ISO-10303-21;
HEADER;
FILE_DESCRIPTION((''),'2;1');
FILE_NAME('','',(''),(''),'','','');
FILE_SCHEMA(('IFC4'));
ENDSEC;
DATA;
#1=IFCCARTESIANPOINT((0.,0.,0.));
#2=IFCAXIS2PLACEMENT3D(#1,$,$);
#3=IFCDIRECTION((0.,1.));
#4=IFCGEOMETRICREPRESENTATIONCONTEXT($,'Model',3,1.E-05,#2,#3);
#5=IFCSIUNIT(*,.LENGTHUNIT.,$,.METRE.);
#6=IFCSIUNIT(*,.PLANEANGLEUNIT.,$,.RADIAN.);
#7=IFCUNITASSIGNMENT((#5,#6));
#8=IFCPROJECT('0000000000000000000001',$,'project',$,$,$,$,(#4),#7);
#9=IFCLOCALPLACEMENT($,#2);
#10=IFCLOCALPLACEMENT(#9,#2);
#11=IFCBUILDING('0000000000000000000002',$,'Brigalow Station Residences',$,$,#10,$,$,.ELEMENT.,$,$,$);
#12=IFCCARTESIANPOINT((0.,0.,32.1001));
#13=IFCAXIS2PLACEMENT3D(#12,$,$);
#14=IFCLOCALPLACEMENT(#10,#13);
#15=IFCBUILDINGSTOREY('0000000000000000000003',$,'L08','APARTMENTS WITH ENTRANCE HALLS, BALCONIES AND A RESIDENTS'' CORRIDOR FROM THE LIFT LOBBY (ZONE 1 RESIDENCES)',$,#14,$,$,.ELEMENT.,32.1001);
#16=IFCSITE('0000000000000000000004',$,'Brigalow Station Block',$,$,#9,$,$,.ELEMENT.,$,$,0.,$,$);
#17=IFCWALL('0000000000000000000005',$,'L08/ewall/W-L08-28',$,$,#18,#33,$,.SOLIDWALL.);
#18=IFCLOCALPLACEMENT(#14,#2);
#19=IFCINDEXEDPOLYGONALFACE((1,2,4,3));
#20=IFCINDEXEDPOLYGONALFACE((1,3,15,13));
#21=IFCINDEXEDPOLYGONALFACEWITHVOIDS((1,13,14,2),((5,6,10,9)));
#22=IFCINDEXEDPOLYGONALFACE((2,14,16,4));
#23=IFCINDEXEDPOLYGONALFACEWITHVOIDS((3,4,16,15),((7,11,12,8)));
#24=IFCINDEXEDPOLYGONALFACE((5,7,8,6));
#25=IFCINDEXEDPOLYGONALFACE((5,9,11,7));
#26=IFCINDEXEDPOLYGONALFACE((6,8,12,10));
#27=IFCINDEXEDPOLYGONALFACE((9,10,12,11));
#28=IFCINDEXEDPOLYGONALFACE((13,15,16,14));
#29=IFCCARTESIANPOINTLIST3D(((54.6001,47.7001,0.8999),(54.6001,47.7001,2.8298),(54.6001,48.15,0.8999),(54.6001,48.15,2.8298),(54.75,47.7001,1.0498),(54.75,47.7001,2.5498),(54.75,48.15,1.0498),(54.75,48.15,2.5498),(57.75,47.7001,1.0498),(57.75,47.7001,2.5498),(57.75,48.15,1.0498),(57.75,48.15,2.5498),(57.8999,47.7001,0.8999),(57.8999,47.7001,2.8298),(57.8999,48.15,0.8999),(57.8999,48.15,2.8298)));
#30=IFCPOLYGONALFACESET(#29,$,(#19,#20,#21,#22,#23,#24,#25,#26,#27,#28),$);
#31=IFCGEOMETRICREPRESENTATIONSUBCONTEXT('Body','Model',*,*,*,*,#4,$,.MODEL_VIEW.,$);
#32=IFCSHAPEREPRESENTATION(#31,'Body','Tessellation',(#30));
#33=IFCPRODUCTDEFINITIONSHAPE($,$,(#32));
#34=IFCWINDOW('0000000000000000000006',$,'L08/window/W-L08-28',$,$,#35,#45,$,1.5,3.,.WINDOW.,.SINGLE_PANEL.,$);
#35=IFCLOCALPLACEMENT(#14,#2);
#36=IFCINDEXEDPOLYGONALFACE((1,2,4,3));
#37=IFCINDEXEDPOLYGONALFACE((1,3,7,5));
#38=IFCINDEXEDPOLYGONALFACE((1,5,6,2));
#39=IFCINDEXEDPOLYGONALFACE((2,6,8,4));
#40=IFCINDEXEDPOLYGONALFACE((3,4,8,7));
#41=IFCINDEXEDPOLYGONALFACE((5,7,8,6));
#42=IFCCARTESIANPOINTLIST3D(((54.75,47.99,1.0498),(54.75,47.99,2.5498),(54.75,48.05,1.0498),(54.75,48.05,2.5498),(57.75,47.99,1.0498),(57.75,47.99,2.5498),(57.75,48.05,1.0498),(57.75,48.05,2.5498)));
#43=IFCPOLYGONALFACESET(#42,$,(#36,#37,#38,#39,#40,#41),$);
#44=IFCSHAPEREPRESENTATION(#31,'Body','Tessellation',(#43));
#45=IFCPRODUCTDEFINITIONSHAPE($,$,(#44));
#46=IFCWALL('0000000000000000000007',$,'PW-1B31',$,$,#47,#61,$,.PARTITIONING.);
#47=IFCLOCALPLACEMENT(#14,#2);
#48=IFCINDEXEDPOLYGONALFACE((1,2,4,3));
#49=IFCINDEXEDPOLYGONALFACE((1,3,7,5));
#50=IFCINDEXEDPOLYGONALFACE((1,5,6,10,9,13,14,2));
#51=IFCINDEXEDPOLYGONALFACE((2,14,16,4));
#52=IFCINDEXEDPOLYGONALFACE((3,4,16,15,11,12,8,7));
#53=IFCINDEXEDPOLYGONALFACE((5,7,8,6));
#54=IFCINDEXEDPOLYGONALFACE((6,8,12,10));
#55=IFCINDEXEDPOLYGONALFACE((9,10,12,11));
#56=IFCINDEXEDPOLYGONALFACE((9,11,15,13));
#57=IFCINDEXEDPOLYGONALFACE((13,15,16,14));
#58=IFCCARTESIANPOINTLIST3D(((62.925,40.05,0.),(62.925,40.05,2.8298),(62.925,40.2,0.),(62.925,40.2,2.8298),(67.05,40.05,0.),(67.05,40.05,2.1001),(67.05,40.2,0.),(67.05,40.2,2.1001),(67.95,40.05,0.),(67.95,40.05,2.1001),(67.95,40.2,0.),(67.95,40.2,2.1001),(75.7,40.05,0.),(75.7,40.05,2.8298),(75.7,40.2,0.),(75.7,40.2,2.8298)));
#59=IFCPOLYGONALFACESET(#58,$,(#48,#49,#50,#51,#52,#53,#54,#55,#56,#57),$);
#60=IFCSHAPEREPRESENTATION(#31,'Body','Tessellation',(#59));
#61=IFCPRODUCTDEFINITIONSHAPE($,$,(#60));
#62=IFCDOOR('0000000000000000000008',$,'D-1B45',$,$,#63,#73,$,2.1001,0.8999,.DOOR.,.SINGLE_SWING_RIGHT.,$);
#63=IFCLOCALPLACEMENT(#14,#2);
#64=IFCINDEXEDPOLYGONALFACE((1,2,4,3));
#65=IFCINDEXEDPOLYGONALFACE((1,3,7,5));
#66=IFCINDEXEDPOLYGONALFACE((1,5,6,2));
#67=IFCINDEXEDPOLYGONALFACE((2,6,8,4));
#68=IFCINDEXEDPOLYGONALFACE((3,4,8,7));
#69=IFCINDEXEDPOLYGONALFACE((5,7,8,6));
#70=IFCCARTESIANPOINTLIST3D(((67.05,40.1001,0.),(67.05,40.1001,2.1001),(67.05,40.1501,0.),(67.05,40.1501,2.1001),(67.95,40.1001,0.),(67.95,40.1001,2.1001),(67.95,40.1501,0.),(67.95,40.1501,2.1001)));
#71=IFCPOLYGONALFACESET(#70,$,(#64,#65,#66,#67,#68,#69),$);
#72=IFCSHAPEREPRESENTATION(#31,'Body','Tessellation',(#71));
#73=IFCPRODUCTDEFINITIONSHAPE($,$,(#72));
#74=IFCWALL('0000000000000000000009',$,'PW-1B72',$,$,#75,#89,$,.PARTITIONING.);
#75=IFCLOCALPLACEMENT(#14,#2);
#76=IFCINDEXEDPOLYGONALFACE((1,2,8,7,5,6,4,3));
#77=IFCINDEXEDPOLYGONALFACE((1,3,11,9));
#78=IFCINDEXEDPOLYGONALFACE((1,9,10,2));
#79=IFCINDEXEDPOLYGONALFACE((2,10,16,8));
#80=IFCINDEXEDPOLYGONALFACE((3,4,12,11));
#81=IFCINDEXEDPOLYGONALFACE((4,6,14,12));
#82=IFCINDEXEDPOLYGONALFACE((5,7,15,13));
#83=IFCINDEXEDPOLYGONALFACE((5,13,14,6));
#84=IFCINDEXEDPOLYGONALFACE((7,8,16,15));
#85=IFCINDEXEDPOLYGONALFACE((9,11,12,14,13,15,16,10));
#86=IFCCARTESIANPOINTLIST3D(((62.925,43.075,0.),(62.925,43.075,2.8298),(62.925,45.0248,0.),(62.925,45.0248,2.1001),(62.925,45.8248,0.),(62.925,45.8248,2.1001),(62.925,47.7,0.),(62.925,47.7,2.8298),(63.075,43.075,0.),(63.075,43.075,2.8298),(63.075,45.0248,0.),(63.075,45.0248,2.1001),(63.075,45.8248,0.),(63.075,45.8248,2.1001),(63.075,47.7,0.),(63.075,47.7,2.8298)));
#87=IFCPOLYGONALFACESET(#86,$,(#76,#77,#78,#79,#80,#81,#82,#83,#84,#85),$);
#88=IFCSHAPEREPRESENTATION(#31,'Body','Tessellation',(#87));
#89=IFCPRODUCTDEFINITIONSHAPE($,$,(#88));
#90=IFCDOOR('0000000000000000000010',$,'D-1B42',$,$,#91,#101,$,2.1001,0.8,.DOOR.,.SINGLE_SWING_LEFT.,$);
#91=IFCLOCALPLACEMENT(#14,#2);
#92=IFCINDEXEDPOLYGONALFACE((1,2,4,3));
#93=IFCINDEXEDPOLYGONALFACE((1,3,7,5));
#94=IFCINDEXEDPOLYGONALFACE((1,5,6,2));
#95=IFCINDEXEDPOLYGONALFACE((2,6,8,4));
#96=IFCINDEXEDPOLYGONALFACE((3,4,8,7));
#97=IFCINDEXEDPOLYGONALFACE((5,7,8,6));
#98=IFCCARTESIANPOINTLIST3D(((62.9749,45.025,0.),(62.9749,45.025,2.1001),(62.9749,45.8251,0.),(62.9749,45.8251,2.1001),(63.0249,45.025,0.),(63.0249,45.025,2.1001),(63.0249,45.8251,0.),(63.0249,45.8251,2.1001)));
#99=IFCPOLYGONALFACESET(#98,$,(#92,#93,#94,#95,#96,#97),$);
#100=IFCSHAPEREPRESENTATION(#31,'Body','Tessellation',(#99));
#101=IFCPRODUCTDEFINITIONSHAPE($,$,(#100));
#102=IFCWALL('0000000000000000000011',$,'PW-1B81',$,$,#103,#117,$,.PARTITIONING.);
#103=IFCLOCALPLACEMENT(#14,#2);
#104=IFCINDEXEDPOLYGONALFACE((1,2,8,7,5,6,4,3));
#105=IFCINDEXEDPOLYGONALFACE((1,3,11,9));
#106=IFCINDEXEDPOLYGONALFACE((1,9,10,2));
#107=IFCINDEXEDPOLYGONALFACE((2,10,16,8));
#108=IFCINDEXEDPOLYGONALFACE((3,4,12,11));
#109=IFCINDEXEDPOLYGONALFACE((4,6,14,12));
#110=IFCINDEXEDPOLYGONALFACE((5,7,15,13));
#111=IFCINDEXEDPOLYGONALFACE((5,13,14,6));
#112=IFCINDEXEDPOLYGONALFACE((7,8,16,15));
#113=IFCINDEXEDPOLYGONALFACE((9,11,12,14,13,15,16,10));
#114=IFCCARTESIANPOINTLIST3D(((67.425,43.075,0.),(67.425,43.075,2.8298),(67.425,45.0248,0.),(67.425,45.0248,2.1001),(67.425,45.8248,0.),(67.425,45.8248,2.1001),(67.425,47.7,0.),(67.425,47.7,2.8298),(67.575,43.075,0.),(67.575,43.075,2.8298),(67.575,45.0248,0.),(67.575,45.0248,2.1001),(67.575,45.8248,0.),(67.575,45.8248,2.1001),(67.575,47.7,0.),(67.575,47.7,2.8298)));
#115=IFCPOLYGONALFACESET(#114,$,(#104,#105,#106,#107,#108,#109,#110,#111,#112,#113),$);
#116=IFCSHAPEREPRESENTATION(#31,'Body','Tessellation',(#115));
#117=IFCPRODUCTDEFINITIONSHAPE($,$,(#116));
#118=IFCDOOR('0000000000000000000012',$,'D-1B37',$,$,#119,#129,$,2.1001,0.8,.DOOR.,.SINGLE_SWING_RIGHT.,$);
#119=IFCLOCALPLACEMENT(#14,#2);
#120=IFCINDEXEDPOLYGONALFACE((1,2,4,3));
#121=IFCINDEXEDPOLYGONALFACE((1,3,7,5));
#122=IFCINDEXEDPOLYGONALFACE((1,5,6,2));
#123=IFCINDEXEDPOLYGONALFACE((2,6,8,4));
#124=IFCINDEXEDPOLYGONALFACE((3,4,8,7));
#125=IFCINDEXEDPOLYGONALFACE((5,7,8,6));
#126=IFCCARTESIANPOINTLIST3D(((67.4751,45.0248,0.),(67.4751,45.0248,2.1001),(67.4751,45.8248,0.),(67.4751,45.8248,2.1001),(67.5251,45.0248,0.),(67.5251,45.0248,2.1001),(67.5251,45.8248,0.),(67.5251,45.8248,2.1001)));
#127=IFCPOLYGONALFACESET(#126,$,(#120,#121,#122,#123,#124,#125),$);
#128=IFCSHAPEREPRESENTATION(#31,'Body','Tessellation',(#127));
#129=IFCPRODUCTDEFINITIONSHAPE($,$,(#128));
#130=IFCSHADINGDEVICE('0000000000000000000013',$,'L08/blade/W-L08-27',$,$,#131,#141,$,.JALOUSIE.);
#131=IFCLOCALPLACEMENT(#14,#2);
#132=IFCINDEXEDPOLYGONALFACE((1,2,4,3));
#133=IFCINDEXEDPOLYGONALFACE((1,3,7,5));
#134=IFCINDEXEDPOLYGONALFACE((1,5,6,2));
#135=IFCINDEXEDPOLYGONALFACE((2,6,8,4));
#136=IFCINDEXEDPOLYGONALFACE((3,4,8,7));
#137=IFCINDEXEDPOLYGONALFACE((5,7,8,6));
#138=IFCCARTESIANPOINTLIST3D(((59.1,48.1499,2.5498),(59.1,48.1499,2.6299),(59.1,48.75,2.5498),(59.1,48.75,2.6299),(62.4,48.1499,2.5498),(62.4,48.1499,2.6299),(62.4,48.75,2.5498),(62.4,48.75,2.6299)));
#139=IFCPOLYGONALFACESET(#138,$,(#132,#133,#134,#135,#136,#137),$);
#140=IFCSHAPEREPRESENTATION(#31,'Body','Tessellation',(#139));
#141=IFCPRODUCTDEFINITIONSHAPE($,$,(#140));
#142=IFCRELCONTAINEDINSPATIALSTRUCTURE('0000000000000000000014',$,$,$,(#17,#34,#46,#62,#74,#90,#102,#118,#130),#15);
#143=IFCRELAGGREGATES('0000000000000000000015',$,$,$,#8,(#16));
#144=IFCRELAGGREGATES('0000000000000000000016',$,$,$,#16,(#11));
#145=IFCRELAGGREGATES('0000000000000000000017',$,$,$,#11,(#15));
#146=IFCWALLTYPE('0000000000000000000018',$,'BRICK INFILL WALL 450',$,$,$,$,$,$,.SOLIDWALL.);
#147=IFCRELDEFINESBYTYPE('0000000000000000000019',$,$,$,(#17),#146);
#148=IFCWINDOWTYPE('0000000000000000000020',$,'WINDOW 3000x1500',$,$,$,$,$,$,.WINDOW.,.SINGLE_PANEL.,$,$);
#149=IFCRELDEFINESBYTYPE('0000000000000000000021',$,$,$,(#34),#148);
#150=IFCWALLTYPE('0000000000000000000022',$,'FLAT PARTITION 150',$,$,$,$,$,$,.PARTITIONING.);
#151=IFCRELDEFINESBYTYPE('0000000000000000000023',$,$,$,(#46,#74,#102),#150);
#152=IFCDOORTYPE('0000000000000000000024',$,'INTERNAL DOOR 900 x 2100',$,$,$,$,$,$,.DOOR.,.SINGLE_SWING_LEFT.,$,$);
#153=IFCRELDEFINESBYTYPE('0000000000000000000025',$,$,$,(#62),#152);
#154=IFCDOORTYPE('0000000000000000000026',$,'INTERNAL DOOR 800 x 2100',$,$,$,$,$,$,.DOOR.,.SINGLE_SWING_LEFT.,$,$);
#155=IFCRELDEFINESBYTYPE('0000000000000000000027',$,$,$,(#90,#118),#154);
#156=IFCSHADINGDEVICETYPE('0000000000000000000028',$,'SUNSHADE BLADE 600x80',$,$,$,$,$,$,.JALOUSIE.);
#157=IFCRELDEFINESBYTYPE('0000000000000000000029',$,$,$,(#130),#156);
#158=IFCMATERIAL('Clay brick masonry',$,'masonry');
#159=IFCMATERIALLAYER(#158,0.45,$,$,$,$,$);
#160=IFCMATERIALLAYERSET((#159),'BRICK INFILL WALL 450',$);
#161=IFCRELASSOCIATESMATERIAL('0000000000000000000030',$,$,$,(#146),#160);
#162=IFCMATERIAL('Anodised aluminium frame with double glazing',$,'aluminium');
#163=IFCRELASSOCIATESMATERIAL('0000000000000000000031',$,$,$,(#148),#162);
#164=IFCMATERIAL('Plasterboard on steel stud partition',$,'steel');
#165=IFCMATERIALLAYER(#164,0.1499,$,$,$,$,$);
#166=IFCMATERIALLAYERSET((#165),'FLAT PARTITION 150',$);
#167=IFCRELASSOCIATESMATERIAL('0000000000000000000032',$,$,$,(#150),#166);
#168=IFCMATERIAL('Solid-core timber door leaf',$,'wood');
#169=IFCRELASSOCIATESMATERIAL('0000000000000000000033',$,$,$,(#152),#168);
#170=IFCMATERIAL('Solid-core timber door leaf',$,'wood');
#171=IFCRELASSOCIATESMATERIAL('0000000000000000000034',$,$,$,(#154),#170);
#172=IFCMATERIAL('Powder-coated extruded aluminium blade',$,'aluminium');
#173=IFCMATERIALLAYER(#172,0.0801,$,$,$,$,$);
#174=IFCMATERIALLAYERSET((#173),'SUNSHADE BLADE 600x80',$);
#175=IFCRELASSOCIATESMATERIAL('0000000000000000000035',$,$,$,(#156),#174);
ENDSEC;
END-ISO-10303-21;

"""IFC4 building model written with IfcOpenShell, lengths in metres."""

from ifc_helpers import new_model, si_unit, direction, frame, frame_2d, origin, origin_2d, place, context, subcontext, project, spatial, rectangle, extrude, material, layer, layer_set, type_object, element, fill, save


model = new_model("IFC4")

# Units and contexts
model_context = context("Model", 3, precision=1e-05, world=origin(), true_north=direction((0.0, 1.0)))
body_context = subcontext(model_context, "Body", "Model", "MODEL_VIEW")
ifc_project = project(units=[si_unit("LENGTHUNIT", "METRE"), si_unit("PLANEANGLEUNIT", "RADIAN")], contexts=[model_context])

# Site, building, storey
site_placement = place(None, origin())
site = spatial("IfcSite", under=ifc_project, at=site_placement, Name="Brigalow Station Block", CompositionType="ELEMENT", RefElevation=0.0)
building_placement = place(site_placement, origin())
building = spatial("IfcBuilding", under=site, at=building_placement, Name="Brigalow Station Residences", CompositionType="ELEMENT")
storey_placement = place(building_placement, frame((0.0, 0.0, 32.1001)))
storey = spatial("IfcBuildingStorey", under=building, at=storey_placement, Name="L08", Description="APARTMENTS WITH ENTRANCE HALLS, BALCONIES AND A RESIDENTS' CORRIDOR FROM THE LIFT LOBBY (ZONE 1 RESIDENCES)", CompositionType="ELEMENT", Elevation=32.1001)

# Shared definitions
ifc_material_1 = material(Name="Clay brick masonry", Category="masonry")
ifc_layer_1 = layer(ifc_material_1, 0.45)
ifc_layer_set_1 = layer_set([ifc_layer_1], Name="BRICK INFILL WALL 450")
wall_type_1 = type_object("IfcWallType", Name="BRICK INFILL WALL 450", PredefinedType="SOLIDWALL", material=ifc_layer_set_1)

# Wall, opening, window
ifc_material_2 = material(Name="Anodised aluminium frame with double glazing", Category="aluminium")
window_type = type_object("IfcWindowType", Name="WINDOW 3000x1500", PartitioningType="SINGLE_PANEL", PredefinedType="WINDOW", material=ifc_material_2)
wall_1_placement = place(storey_placement, frame((57.8999, 47.925, 0.8999), z_axis=(0.0, 0.0, 1.0), x_axis=(-1.0, 0.0, 0.0)))
wall_1 = element("IfcWall", 1, at=wall_1_placement, inside=storey, type_object=wall_type_1, Name="L08/ewall/W-L08-28", PredefinedType="SOLIDWALL", context=body_context, shape_type="SweptSolid", body=[
    extrude(rectangle(XDim=3.2998, YDim=0.45, at=frame_2d((1.6499, 0.0))), origin(), (0.0, 0.0, 1.0), 1.9299),
])
opening_1_placement = place(wall_1_placement, frame((0.1499, 0.0, 0.1499)))
opening_1 = element("IfcOpeningElement", 2, at=opening_1_placement, cuts=wall_1, PredefinedType="OPENING", context=body_context, shape_type="SweptSolid", body=[
    extrude(rectangle(XDim=3.0, YDim=1.5, at=frame_2d((1.5, 0.75))), frame((0.0, 0.2349, 0.0), z_axis=(0.0, -1.0, 0.0), x_axis=(1.0, 0.0, 0.0)), (0.0, 0.0, 1.0), 0.47),
])
window_1_placement = place(opening_1_placement, origin())
window_1 = element("IfcWindow", 3, at=window_1_placement, inside=storey, type_object=window_type, Name="L08/window/W-L08-28", OverallHeight=1.5, OverallWidth=3.0, PartitioningType="SINGLE_PANEL", PredefinedType="WINDOW", context=body_context, shape_type="SweptSolid", body=[
    extrude(rectangle(XDim=3.0, YDim=1.5, at=frame_2d((1.5, 0.75))), frame((0.0, -0.0649, 0.0), z_axis=(0.0, -1.0, 0.0), x_axis=(1.0, 0.0, 0.0)), (0.0, 0.0, 1.0), 0.0601),
])
fill(opening_1, window_1)

# Walls, openings, doors
ifc_material_3 = material(Name="Plasterboard on steel stud partition", Category="steel")
ifc_layer_2 = layer(ifc_material_3, 0.1499)
ifc_layer_set_2 = layer_set([ifc_layer_2], Name="FLAT PARTITION 150")
wall_type_2 = type_object("IfcWallType", Name="FLAT PARTITION 150", PredefinedType="PARTITIONING", material=ifc_layer_set_2)
wall_2_placement = place(storey_placement, frame((62.925, 40.125, 0.0), z_axis=(0.0, 0.0, 1.0), x_axis=(1.0, 0.0, 0.0)))
wall_2 = element("IfcWall", 4, at=wall_2_placement, inside=storey, type_object=wall_type_2, Name="PW-1B31", PredefinedType="PARTITIONING", context=body_context, shape_type="SweptSolid", body=[
    extrude(rectangle(XDim=12.7749, YDim=0.1499, at=frame_2d((6.3875, 0.0))), origin(), (0.0, 0.0, 1.0), 2.8298),
])
opening_2_placement = place(wall_2_placement, frame((4.125, 0.0, 0.0)))
opening_2 = element("IfcOpeningElement", 5, at=opening_2_placement, cuts=wall_2, PredefinedType="OPENING", context=body_context, shape_type="SweptSolid", body=[
    extrude(rectangle(XDim=0.8999, YDim=2.1001, at=frame_2d((0.45, 1.05))), frame((0.0, 0.085, 0.0), z_axis=(0.0, -1.0, 0.0), x_axis=(1.0, 0.0, 0.0)), (0.0, 0.0, 1.0), 0.1699),
])
ifc_material_4 = material(Name="Solid-core timber door leaf", Category="wood")
door_type_1 = type_object("IfcDoorType", Name="INTERNAL DOOR 900 x 2100", OperationType="SINGLE_SWING_LEFT", PredefinedType="DOOR", material=ifc_material_4)
door_1_placement = place(opening_2_placement, frame((0.8999, 0.0, 0.0), z_axis=(0.0, 0.0, 1.0), x_axis=(-1.0, 0.0, 0.0)))
door_1 = element("IfcDoor", 6, at=door_1_placement, inside=storey, type_object=door_type_1, Name="D-1B45", OperationType="SINGLE_SWING_RIGHT", OverallHeight=2.1001, OverallWidth=0.8999, PredefinedType="DOOR", context=body_context, shape_type="SweptSolid", body=[
    extrude(rectangle(XDim=0.8999, YDim=2.1001, at=frame_2d((0.45, 1.05))), frame((0.0, 0.0249, 0.0), z_axis=(0.0, -1.0, 0.0), x_axis=(1.0, 0.0, 0.0)), (0.0, 0.0, 1.0), 0.05),
])
fill(opening_2, door_1)
wall_3_placement = place(storey_placement, frame((63.0, 43.075, 0.0), z_axis=(0.0, 0.0, 1.0), x_axis=(0.0, 1.0, 0.0)))
wall_3 = element("IfcWall", 7, at=wall_3_placement, inside=storey, type_object=wall_type_2, Name="PW-1B72", PredefinedType="PARTITIONING", context=body_context, shape_type="SweptSolid", body=[
    extrude(rectangle(XDim=4.625, YDim=0.1499, at=frame_2d((2.3125, 0.0))), origin(), (0.0, 0.0, 1.0), 2.8298),
])
opening_3_placement = place(wall_3_placement, frame((1.95, 0.0, 0.0)))
opening_3 = element("IfcOpeningElement", 8, at=opening_3_placement, cuts=wall_3, PredefinedType="OPENING", context=body_context, shape_type="SweptSolid", body=[
    extrude(rectangle(XDim=0.8, YDim=2.1001, at=frame_2d((0.3999, 1.05))), frame((0.0, 0.085, 0.0), z_axis=(0.0, -1.0, 0.0), x_axis=(1.0, 0.0, 0.0)), (0.0, 0.0, 1.0), 0.1699),
])
ifc_material_5 = material(Name="Solid-core timber door leaf", Category="wood")
door_type_2 = type_object("IfcDoorType", Name="INTERNAL DOOR 800 x 2100", OperationType="SINGLE_SWING_LEFT", PredefinedType="DOOR", material=ifc_material_5)
door_2_placement = place(opening_3_placement, frame((0.8, 0.0, 0.0), z_axis=(0.0, 0.0, 1.0), x_axis=(-1.0, 0.0, 0.0)))
door_2 = element("IfcDoor", 9, at=door_2_placement, inside=storey, type_object=door_type_2, Name="D-1B42", OperationType="SINGLE_SWING_LEFT", OverallHeight=2.1001, OverallWidth=0.8, PredefinedType="DOOR", context=body_context, shape_type="SweptSolid", body=[
    extrude(rectangle(XDim=0.8, YDim=2.1001, at=frame_2d((0.3999, 1.05))), frame((0.0, 0.0249, 0.0), z_axis=(0.0, -1.0, 0.0), x_axis=(1.0, 0.0, 0.0)), (0.0, 0.0, 1.0), 0.05),
])
fill(opening_3, door_2)
wall_4_placement = place(storey_placement, frame((67.5, 43.075, 0.0), z_axis=(0.0, 0.0, 1.0), x_axis=(0.0, 1.0, 0.0)))
wall_4 = element("IfcWall", 10, at=wall_4_placement, inside=storey, type_object=wall_type_2, Name="PW-1B81", PredefinedType="PARTITIONING", context=body_context, shape_type="SweptSolid", body=[
    extrude(rectangle(XDim=4.625, YDim=0.1499, at=frame_2d((2.3125, 0.0))), origin(), (0.0, 0.0, 1.0), 2.8298),
])
opening_4_placement = place(wall_4_placement, frame((1.95, 0.0, 0.0)))
opening_4 = element("IfcOpeningElement", 11, at=opening_4_placement, cuts=wall_4, PredefinedType="OPENING", context=body_context, shape_type="SweptSolid", body=[
    extrude(rectangle(XDim=0.8, YDim=2.1001, at=frame_2d((0.3999, 1.05))), frame((0.0, 0.085, 0.0), z_axis=(0.0, -1.0, 0.0), x_axis=(1.0, 0.0, 0.0)), (0.0, 0.0, 1.0), 0.1699),
])
door_3_placement = place(opening_4_placement, origin())
door_3 = element("IfcDoor", 12, at=door_3_placement, inside=storey, type_object=door_type_2, Name="D-1B37", OperationType="SINGLE_SWING_RIGHT", OverallHeight=2.1001, OverallWidth=0.8, PredefinedType="DOOR", context=body_context, shape_type="SweptSolid", body=[
    extrude(rectangle(XDim=0.8, YDim=2.1001, at=frame_2d((0.3999, 1.05))), frame((0.0, 0.0249, 0.0), z_axis=(0.0, -1.0, 0.0), x_axis=(1.0, 0.0, 0.0)), (0.0, 0.0, 1.0), 0.05),
])
fill(opening_4, door_3)

# Shading device
ifc_material_6 = material(Name="Powder-coated extruded aluminium blade", Category="aluminium")
ifc_layer_3 = layer(ifc_material_6, 0.0801)
ifc_layer_set_3 = layer_set([ifc_layer_3], Name="SUNSHADE BLADE 600x80")
shading_device_type = type_object("IfcShadingDeviceType", Name="SUNSHADE BLADE 600x80", PredefinedType="JALOUSIE", material=ifc_layer_set_3)
shading_device_placement = place(storey_placement, frame((60.75, 48.45, 2.5498), z_axis=(0.0, 0.0, 1.0), x_axis=(-1.0, 0.0, 0.0)))
element("IfcShadingDevice", 13, at=shading_device_placement, inside=storey, type_object=shading_device_type, Name="L08/blade/W-L08-27", PredefinedType="JALOUSIE", context=body_context, shape_type="SweptSolid", body=[
    extrude(rectangle(XDim=3.3, YDim=0.6001, at=origin_2d()), origin(), (0.0, 0.0, 1.0), 0.0801),
])

save(model, "model.ifc")
